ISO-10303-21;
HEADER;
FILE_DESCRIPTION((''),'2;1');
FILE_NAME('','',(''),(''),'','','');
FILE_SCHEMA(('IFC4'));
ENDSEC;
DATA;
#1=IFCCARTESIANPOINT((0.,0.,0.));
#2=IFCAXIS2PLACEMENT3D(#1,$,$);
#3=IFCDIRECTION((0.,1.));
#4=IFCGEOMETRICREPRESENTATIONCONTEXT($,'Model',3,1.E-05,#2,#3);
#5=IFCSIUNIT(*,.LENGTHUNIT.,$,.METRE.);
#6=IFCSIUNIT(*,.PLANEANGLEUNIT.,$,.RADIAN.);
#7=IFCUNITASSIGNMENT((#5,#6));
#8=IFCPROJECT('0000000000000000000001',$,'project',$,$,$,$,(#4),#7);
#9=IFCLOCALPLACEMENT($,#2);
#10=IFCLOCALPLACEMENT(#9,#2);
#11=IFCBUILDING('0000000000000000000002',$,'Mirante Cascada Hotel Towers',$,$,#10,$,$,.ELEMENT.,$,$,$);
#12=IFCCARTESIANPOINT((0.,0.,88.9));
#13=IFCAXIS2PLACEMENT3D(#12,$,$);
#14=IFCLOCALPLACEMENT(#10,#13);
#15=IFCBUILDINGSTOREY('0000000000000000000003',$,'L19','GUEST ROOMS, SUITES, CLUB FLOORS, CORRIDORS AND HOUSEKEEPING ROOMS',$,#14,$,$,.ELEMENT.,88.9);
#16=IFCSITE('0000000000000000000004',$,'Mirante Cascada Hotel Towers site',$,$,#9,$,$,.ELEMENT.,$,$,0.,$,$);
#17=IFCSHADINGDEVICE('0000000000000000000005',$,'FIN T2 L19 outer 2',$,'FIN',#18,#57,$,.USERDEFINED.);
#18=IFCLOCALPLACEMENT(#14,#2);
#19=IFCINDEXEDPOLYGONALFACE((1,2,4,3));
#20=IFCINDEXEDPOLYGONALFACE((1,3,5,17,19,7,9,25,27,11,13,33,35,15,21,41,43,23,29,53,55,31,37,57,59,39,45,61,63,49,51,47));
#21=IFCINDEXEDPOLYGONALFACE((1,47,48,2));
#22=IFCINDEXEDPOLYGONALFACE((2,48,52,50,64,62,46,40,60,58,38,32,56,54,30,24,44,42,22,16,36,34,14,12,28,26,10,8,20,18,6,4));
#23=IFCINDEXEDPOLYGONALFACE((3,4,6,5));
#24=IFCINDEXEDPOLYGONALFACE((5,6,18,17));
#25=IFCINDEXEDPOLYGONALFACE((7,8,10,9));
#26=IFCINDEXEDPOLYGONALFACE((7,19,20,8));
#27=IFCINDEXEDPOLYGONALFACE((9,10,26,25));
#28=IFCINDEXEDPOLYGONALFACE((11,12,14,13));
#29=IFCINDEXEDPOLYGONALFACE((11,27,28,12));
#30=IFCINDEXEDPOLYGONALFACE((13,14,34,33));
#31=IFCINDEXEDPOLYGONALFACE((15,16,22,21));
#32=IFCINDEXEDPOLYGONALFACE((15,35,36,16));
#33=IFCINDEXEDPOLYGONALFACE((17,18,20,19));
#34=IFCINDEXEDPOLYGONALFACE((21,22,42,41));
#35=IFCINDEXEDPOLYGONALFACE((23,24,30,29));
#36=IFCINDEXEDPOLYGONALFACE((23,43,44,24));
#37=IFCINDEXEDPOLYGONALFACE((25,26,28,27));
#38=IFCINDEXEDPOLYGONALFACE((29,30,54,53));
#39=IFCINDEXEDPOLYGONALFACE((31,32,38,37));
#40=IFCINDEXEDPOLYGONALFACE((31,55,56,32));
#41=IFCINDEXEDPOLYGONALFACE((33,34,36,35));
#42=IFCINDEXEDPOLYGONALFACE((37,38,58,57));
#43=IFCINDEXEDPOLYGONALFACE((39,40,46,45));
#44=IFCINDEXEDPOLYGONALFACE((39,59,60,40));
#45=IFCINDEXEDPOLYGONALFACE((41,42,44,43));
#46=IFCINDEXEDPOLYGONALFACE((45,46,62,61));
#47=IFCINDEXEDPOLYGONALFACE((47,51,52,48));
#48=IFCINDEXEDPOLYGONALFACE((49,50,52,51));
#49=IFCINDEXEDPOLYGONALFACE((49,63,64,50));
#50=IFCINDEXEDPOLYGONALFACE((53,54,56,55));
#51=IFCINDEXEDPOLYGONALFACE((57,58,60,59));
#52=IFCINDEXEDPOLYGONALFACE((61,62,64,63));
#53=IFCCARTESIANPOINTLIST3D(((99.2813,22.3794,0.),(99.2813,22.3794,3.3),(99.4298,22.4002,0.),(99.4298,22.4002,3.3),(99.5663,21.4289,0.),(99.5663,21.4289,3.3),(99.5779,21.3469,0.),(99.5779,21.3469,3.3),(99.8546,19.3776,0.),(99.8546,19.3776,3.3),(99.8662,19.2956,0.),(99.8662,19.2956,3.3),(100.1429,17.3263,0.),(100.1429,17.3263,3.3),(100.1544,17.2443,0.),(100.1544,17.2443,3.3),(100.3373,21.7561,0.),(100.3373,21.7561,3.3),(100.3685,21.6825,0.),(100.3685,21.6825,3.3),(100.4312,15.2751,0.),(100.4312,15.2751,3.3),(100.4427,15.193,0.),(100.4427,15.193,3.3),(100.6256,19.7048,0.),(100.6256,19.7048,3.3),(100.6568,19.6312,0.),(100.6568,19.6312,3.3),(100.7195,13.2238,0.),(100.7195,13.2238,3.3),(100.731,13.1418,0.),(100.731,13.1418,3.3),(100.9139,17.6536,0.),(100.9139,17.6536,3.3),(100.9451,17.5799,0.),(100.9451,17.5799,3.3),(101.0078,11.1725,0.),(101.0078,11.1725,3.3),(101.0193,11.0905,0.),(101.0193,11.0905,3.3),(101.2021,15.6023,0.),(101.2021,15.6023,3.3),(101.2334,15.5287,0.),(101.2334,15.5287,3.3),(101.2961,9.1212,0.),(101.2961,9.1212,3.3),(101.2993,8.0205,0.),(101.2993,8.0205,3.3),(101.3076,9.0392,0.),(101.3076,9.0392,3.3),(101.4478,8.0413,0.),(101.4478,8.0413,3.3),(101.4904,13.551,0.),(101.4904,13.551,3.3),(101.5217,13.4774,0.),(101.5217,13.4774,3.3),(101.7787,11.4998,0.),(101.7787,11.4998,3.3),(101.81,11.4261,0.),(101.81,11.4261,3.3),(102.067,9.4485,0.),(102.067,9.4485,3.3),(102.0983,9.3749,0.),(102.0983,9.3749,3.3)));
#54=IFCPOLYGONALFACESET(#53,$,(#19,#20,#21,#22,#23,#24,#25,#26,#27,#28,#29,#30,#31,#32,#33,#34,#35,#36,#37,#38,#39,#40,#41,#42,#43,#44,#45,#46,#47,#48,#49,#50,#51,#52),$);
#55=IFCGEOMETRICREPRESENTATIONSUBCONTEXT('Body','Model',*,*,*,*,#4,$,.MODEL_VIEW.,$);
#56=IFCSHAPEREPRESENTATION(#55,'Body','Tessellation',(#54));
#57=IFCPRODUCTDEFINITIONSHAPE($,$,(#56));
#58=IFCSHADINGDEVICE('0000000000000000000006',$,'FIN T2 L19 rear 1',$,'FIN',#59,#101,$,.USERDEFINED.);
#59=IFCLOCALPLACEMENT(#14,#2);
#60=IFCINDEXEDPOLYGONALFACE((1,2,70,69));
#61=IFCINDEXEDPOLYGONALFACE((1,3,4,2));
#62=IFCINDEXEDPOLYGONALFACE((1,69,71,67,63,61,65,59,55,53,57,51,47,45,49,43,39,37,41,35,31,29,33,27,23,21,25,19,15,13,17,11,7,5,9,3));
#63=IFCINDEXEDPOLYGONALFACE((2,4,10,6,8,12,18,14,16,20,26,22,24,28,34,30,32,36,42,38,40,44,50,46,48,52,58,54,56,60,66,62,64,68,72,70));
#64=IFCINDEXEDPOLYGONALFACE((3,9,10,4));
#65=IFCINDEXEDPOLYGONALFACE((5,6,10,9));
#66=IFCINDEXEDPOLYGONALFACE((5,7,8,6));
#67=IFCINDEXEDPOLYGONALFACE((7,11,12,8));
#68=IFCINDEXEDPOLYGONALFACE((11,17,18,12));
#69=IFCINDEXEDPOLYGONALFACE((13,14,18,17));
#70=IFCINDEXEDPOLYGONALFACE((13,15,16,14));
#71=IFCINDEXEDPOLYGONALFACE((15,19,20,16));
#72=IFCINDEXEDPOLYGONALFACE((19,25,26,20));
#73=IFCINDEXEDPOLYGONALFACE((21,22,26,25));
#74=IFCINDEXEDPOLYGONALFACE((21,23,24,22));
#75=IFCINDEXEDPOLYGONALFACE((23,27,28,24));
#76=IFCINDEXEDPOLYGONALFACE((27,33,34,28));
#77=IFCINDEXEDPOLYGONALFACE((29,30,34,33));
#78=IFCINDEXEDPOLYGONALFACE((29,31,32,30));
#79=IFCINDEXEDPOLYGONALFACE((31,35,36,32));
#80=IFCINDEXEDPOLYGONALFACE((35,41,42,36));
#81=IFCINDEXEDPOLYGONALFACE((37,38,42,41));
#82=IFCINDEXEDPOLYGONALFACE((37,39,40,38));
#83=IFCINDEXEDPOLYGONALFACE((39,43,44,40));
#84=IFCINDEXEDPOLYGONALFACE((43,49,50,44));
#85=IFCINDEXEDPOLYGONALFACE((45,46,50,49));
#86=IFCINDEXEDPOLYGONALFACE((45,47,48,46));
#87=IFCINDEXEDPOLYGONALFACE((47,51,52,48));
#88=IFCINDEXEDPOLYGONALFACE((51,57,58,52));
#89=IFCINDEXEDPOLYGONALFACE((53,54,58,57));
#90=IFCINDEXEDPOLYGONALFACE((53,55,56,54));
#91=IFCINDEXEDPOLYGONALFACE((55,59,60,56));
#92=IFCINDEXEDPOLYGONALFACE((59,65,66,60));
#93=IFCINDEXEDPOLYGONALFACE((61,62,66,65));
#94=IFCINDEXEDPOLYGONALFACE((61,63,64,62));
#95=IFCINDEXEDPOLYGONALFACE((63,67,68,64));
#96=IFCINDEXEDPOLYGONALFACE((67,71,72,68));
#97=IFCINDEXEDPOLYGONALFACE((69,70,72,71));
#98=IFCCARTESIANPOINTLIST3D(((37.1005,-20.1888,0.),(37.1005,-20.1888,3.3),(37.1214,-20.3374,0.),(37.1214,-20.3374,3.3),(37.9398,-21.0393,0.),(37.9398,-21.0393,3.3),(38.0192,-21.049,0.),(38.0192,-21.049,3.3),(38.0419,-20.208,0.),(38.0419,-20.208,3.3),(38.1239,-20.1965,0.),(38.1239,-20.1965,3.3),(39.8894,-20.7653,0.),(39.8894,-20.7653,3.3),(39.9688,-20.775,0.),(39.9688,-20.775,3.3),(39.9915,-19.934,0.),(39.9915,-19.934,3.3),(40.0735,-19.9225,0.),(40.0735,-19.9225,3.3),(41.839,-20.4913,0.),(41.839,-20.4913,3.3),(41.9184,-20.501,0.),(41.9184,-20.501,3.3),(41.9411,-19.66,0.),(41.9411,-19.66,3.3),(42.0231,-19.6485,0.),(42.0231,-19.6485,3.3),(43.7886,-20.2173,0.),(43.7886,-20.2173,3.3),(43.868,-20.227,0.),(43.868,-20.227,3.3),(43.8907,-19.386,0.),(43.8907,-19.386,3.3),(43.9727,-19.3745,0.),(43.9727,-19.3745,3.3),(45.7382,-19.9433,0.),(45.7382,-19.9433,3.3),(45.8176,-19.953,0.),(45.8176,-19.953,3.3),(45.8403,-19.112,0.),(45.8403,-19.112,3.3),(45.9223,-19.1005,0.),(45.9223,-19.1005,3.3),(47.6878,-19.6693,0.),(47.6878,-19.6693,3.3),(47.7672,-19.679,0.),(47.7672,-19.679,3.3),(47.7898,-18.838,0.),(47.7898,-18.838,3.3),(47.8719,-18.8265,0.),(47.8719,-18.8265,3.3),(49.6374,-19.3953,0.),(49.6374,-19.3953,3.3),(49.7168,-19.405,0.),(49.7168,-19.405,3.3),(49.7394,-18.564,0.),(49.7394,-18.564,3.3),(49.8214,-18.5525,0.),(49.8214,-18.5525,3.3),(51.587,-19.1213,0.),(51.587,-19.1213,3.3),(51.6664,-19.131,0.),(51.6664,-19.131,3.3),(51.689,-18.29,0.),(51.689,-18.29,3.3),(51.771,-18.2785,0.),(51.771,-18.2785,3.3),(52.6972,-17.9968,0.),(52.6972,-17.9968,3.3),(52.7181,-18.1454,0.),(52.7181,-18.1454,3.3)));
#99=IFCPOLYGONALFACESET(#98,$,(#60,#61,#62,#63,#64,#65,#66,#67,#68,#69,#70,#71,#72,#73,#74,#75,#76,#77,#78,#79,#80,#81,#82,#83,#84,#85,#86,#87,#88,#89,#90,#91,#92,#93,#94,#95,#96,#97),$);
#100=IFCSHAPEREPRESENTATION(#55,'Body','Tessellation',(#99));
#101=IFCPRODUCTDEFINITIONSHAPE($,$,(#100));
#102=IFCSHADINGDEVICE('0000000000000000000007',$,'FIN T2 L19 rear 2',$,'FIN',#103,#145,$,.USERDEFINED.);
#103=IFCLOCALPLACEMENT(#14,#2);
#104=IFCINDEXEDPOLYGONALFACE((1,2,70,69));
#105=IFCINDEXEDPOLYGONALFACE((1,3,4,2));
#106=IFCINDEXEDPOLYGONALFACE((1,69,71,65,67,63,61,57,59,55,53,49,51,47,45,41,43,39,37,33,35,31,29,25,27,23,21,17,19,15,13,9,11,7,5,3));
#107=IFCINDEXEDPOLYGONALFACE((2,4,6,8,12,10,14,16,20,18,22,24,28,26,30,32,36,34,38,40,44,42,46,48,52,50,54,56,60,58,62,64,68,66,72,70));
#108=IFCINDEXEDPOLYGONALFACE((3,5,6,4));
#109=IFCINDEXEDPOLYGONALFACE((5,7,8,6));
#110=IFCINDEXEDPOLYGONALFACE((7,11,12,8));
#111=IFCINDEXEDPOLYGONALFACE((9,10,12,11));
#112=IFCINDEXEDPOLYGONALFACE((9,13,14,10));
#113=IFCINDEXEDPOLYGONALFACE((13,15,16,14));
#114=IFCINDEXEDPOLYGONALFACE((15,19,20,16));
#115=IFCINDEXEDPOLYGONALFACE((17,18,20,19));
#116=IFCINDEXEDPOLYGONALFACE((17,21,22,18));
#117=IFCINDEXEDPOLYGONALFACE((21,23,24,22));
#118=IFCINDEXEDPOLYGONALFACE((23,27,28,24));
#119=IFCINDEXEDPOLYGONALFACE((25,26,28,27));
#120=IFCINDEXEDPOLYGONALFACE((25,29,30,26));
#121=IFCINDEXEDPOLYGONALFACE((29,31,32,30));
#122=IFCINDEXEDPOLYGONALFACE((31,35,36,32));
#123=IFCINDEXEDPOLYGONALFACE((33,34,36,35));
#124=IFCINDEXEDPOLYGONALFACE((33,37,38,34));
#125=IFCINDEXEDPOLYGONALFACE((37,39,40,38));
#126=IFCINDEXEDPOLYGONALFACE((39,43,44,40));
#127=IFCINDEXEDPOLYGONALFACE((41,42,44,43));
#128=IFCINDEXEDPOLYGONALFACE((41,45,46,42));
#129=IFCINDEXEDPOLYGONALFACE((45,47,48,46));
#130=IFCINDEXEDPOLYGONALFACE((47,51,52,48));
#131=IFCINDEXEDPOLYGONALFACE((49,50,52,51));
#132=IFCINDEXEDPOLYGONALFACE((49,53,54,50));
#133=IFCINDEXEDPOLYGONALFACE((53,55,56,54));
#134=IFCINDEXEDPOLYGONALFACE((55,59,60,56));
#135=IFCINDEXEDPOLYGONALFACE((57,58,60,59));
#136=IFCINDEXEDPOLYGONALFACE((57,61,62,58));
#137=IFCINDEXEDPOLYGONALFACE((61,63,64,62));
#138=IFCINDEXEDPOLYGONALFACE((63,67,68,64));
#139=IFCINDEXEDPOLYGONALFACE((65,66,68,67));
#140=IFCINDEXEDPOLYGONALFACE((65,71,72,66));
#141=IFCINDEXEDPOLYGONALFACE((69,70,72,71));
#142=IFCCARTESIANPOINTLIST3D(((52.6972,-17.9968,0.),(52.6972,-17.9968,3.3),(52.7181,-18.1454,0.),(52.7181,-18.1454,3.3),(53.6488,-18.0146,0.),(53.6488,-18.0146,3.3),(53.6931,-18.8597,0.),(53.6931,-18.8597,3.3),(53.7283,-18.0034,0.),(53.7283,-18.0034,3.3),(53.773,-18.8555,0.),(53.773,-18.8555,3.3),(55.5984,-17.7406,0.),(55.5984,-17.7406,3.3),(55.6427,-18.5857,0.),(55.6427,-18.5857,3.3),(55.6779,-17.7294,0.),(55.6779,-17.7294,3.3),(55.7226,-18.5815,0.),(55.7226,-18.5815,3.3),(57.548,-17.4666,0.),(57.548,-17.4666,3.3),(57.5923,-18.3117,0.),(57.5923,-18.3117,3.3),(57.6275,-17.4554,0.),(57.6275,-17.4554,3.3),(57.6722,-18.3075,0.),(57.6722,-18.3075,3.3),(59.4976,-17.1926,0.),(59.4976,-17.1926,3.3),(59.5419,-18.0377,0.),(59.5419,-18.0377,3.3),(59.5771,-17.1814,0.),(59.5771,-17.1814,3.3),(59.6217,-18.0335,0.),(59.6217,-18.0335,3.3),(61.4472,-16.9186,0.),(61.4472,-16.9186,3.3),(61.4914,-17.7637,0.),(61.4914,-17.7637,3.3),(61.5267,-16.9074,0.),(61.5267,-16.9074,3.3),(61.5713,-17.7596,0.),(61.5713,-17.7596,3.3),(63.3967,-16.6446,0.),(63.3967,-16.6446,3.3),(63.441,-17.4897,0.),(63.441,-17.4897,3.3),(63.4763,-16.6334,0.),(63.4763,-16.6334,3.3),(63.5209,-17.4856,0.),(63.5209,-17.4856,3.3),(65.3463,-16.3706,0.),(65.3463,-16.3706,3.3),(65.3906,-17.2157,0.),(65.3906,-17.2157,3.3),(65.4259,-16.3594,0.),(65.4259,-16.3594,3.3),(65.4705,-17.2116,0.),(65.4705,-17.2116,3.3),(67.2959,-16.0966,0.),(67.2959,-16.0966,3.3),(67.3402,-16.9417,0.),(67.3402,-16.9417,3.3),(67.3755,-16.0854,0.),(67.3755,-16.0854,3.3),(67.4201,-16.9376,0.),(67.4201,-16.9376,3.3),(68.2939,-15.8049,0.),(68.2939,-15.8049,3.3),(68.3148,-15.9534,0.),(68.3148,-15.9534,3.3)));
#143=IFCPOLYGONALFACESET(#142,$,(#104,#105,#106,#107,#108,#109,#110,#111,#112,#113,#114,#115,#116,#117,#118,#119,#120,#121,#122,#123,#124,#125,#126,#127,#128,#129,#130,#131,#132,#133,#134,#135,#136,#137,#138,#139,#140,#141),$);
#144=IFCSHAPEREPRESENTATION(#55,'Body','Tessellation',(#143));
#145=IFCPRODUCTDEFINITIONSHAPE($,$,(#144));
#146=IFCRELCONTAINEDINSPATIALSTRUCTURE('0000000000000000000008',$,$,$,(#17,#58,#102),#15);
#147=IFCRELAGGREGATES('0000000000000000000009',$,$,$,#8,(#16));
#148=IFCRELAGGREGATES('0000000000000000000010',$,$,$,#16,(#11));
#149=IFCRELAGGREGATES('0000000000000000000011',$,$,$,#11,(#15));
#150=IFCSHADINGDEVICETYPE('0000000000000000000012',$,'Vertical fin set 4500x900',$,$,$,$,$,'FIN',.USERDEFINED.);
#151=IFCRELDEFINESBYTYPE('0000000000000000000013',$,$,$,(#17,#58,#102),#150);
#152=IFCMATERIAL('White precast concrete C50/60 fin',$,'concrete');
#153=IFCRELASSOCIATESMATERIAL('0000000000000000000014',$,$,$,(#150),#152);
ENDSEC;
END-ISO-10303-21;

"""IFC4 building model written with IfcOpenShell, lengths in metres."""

from ifc_helpers import new_model, si_unit, direction, frame, origin, place, context, subcontext, project, spatial, polyline, outline, extrude, material, type_object, element, save


model = new_model("IFC4")

# Units and contexts
model_context = context("Model", 3, precision=1e-05, world=origin(), true_north=direction((0.0, 1.0)))
body_context = subcontext(model_context, "Body", "Model", "MODEL_VIEW")
ifc_project = project(units=[si_unit("LENGTHUNIT", "METRE"), si_unit("PLANEANGLEUNIT", "RADIAN")], contexts=[model_context])

# Site, building, storey
site_placement = place(None, origin())
site = spatial("IfcSite", under=ifc_project, at=site_placement, Name="Mirante Cascada Hotel Towers site", CompositionType="ELEMENT", RefElevation=0.0)
building_placement = place(site_placement, origin())
building = spatial("IfcBuilding", under=site, at=building_placement, Name="Mirante Cascada Hotel Towers", CompositionType="ELEMENT")
storey_placement = place(building_placement, frame((0.0, 0.0, 88.9)))
storey = spatial("IfcBuildingStorey", under=building, at=storey_placement, Name="L19", Description="GUEST ROOMS, SUITES, CLUB FLOORS, CORRIDORS AND HOUSEKEEPING ROOMS", CompositionType="ELEMENT", Elevation=88.9)

# Shading devices
ifc_material_1 = material(Name="White precast concrete C50/60 fin", Category="concrete")
shading_device_type = type_object("IfcShadingDeviceType", Name="Vertical fin set 4500x900", ElementType="FIN", PredefinedType="USERDEFINED", material=ifc_material_1)
shading_device_1_placement = place(storey_placement, origin())
element("IfcShadingDevice", 1, at=shading_device_1_placement, inside=storey, type_object=shading_device_type, Name="FIN T2 L19 outer 2", ObjectType="FIN", PredefinedType="USERDEFINED", context=body_context, shape_type="SweptSolid", body=[
    extrude(outline(polyline([(102.0983, 9.3749), (101.3076, 9.0392), (101.4478, 8.0413), (101.2993, 8.0205), (99.2813, 22.3794), (99.4298, 22.4002), (99.5663, 21.4289), (100.3373, 21.7561), (100.3685, 21.6825), (99.5779, 21.3469), (99.8546, 19.3776), (100.6256, 19.7048), (100.6568, 19.6312), (99.8662, 19.2956), (100.1429, 17.3263), (100.9139, 17.6536), (100.9451, 17.5799), (100.1544, 17.2443), (100.4312, 15.2751), (101.2021, 15.6023), (101.2334, 15.5287), (100.4427, 15.193), (100.7195, 13.2238), (101.4904, 13.551), (101.5217, 13.4774), (100.731, 13.1418), (101.0078, 11.1725), (101.7787, 11.4998), (101.81, 11.4261), (101.0193, 11.0905), (101.2961, 9.1212), (102.067, 9.4485), (102.0983, 9.3749)])), origin(), (0.0, 0.0, 1.0), 3.3),
])
shading_device_2_placement = place(storey_placement, origin())
element("IfcShadingDevice", 2, at=shading_device_2_placement, inside=storey, type_object=shading_device_type, Name="FIN T2 L19 rear 1", ObjectType="FIN", PredefinedType="USERDEFINED", context=body_context, shape_type="SweptSolid", body=[
    extrude(outline(polyline([(37.9398, -21.0393), (38.0419, -20.208), (37.1214, -20.3374), (37.1005, -20.1888), (52.6972, -17.9968), (52.7181, -18.1454), (51.771, -18.2785), (51.6664, -19.131), (51.587, -19.1213), (51.689, -18.29), (49.8214, -18.5525), (49.7168, -19.405), (49.6374, -19.3953), (49.7394, -18.564), (47.8719, -18.8265), (47.7672, -19.679), (47.6878, -19.6693), (47.7898, -18.838), (45.9223, -19.1005), (45.8176, -19.953), (45.7382, -19.9433), (45.8403, -19.112), (43.9727, -19.3745), (43.868, -20.227), (43.7886, -20.2173), (43.8907, -19.386), (42.0231, -19.6485), (41.9184, -20.501), (41.839, -20.4913), (41.9411, -19.66), (40.0735, -19.9225), (39.9688, -20.775), (39.8894, -20.7653), (39.9915, -19.934), (38.1239, -20.1965), (38.0192, -21.049), (37.9398, -21.0393)])), origin(), (0.0, 0.0, 1.0), 3.3),
])
shading_device_3_placement = place(storey_placement, origin())
element("IfcShadingDevice", 3, at=shading_device_3_placement, inside=storey, type_object=shading_device_type, Name="FIN T2 L19 rear 2", ObjectType="FIN", PredefinedType="USERDEFINED", context=body_context, shape_type="SweptSolid", body=[
    extrude(outline(polyline([(53.6931, -18.8597), (53.6488, -18.0146), (52.7181, -18.1454), (52.6972, -17.9968), (68.2939, -15.8049), (68.3148, -15.9534), (67.3755, -16.0854), (67.4201, -16.9376), (67.3402, -16.9417), (67.2959, -16.0966), (65.4259, -16.3594), (65.4705, -17.2116), (65.3906, -17.2157), (65.3463, -16.3706), (63.4763, -16.6334), (63.5209, -17.4856), (63.441, -17.4897), (63.3967, -16.6446), (61.5267, -16.9074), (61.5713, -17.7596), (61.4914, -17.7637), (61.4472, -16.9186), (59.5771, -17.1814), (59.6217, -18.0335), (59.5419, -18.0377), (59.4976, -17.1926), (57.6275, -17.4554), (57.6722, -18.3075), (57.5923, -18.3117), (57.548, -17.4666), (55.6779, -17.7294), (55.7226, -18.5815), (55.6427, -18.5857), (55.5984, -17.7406), (53.7283, -18.0034), (53.773, -18.8555), (53.6931, -18.8597)])), origin(), (0.0, 0.0, 1.0), 3.3),
])

save(model, "model.ifc")
